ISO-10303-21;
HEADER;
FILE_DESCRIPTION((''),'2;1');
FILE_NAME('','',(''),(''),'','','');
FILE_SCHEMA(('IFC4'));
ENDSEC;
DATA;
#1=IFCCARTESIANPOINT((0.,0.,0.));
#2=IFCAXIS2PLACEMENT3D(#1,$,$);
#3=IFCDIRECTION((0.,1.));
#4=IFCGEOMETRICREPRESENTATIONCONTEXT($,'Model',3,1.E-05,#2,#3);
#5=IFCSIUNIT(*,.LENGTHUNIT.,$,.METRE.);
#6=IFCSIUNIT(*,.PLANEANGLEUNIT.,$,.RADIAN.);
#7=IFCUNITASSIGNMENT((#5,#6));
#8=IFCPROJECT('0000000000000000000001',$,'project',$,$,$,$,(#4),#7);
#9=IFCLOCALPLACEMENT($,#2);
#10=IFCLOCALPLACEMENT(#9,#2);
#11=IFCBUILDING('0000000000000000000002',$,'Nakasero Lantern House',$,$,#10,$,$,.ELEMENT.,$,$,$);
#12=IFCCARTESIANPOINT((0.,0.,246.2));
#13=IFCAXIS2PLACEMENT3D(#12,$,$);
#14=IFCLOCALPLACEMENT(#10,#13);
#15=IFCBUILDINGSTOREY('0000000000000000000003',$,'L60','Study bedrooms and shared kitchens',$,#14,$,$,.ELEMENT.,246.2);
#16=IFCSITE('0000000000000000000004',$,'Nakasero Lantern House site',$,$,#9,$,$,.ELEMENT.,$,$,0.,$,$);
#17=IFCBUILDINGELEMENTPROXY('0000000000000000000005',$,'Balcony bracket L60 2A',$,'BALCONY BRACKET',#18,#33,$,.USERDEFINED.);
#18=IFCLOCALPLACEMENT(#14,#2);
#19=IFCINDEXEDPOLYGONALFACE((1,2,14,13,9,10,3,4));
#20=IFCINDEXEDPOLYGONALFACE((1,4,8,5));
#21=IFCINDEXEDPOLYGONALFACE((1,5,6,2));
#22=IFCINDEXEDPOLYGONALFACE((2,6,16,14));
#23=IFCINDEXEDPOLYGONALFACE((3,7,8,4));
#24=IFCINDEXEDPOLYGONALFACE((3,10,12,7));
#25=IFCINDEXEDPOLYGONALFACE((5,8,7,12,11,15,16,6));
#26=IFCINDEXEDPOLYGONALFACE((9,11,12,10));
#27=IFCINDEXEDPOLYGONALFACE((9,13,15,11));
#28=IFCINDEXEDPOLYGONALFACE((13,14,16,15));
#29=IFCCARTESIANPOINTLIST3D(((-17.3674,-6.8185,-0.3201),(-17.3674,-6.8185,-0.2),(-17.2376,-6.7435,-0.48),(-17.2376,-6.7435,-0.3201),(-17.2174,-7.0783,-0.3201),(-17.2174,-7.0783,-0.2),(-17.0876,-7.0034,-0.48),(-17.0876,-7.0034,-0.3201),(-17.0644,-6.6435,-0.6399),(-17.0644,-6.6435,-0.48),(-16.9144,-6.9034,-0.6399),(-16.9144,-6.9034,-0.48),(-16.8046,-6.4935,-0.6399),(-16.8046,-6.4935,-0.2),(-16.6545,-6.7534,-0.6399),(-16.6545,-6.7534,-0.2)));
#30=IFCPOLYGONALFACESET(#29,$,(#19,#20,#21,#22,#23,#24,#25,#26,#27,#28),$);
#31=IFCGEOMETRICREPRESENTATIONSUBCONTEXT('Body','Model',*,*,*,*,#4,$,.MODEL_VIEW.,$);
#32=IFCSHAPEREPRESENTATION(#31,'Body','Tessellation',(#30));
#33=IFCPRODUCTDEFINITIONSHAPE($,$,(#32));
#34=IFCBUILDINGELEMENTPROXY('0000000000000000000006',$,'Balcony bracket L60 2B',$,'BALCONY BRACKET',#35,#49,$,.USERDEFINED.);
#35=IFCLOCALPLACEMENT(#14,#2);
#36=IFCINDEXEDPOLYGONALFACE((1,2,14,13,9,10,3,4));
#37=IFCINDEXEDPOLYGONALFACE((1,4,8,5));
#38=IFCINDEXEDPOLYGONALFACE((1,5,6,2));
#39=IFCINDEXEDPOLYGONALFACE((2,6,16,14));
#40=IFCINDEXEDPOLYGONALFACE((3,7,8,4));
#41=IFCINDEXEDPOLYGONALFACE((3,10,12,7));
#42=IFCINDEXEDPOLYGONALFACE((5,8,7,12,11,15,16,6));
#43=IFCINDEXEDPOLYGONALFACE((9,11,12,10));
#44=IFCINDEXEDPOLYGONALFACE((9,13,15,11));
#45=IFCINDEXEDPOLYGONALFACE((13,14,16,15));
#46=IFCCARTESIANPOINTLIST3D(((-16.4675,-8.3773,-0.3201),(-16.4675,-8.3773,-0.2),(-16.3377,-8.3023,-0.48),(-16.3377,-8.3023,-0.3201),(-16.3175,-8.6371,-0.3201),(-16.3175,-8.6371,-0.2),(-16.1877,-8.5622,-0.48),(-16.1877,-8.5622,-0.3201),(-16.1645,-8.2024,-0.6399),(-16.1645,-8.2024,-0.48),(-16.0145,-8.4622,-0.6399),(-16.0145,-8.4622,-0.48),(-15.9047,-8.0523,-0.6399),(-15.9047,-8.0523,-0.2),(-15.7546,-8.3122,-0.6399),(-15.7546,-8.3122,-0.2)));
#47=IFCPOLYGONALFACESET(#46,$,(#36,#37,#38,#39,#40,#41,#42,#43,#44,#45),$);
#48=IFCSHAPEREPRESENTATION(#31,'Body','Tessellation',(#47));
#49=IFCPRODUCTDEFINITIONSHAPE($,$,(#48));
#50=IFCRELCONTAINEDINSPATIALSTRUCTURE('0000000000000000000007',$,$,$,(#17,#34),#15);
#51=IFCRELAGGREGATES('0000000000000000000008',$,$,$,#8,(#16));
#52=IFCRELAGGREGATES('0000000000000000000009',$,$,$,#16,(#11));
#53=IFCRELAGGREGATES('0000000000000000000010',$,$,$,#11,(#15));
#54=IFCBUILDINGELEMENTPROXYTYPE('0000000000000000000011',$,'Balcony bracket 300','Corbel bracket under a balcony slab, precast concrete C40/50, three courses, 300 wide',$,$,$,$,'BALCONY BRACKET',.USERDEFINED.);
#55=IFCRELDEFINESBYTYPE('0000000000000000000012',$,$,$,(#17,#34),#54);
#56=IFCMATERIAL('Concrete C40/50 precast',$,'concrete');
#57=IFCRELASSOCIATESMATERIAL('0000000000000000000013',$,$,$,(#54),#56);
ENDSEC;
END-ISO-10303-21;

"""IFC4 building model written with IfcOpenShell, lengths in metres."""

from ifc_helpers import new_model, si_unit, direction, frame, origin, place, context, subcontext, project, spatial, polyline, outline, extrude, material, type_object, element, save


model = new_model("IFC4")

# Units and contexts
model_context = context("Model", 3, precision=1e-05, world=origin(), true_north=direction((0.0, 1.0)))
body_context = subcontext(model_context, "Body", "Model", "MODEL_VIEW")
ifc_project = project(units=[si_unit("LENGTHUNIT", "METRE"), si_unit("PLANEANGLEUNIT", "RADIAN")], contexts=[model_context])

# Site, building, storey
site_placement = place(None, origin())
site = spatial("IfcSite", under=ifc_project, at=site_placement, Name="Nakasero Lantern House site", CompositionType="ELEMENT", RefElevation=0.0)
building_placement = place(site_placement, origin())
building = spatial("IfcBuilding", under=site, at=building_placement, Name="Nakasero Lantern House", CompositionType="ELEMENT")
storey_placement = place(building_placement, frame((0.0, 0.0, 246.2)))
storey = spatial("IfcBuildingStorey", under=building, at=storey_placement, Name="L60", Description="Study bedrooms and shared kitchens", CompositionType="ELEMENT", Elevation=246.2)

# Building element proxies
ifc_material_1 = material(Name="Concrete C40/50 precast", Category="concrete")
building_element_proxy_type = type_object("IfcBuildingElementProxyType", Name="Balcony bracket 300", Description="Corbel bracket under a balcony slab, precast concrete C40/50, three courses, 300 wide", ElementType="BALCONY BRACKET", PredefinedType="USERDEFINED", material=ifc_material_1)
for number, where, z_axis, x_axis, name in (
    (1, (-16.7295, -6.6235, -0.2), (0.0, 0.0, 1.0), (-0.866025, -0.5, 0.0), "Balcony bracket L60 2A"),
    (2, (-15.8296, -8.1824, -0.2), (0.0, 0.0, 1.0), (-0.866025, -0.5, 0.0), "Balcony bracket L60 2B"),
):
    element("IfcBuildingElementProxy", number, at=place(storey_placement, frame(where, z_axis=z_axis, x_axis=x_axis)), inside=storey, type_object=building_element_proxy_type, Name=name, ObjectType="BALCONY BRACKET", PredefinedType="USERDEFINED", context=body_context, shape_type="SweptSolid", body=[
        extrude(outline(polyline([(0.0, 0.0), (0.6499, 0.0), (0.6499, -0.1201), (0.5, -0.1201), (0.5, -0.28), (0.3, -0.28), (0.3, -0.4399), (0.0, -0.4399), (0.0, 0.0)])), frame((0.0, 0.1499, 0.0), z_axis=(0.0, -1.0, 0.0), x_axis=(1.0, 0.0, 0.0)), (0.0, 0.0, 1.0), 0.3),
    ])

save(model, "model.ifc")
